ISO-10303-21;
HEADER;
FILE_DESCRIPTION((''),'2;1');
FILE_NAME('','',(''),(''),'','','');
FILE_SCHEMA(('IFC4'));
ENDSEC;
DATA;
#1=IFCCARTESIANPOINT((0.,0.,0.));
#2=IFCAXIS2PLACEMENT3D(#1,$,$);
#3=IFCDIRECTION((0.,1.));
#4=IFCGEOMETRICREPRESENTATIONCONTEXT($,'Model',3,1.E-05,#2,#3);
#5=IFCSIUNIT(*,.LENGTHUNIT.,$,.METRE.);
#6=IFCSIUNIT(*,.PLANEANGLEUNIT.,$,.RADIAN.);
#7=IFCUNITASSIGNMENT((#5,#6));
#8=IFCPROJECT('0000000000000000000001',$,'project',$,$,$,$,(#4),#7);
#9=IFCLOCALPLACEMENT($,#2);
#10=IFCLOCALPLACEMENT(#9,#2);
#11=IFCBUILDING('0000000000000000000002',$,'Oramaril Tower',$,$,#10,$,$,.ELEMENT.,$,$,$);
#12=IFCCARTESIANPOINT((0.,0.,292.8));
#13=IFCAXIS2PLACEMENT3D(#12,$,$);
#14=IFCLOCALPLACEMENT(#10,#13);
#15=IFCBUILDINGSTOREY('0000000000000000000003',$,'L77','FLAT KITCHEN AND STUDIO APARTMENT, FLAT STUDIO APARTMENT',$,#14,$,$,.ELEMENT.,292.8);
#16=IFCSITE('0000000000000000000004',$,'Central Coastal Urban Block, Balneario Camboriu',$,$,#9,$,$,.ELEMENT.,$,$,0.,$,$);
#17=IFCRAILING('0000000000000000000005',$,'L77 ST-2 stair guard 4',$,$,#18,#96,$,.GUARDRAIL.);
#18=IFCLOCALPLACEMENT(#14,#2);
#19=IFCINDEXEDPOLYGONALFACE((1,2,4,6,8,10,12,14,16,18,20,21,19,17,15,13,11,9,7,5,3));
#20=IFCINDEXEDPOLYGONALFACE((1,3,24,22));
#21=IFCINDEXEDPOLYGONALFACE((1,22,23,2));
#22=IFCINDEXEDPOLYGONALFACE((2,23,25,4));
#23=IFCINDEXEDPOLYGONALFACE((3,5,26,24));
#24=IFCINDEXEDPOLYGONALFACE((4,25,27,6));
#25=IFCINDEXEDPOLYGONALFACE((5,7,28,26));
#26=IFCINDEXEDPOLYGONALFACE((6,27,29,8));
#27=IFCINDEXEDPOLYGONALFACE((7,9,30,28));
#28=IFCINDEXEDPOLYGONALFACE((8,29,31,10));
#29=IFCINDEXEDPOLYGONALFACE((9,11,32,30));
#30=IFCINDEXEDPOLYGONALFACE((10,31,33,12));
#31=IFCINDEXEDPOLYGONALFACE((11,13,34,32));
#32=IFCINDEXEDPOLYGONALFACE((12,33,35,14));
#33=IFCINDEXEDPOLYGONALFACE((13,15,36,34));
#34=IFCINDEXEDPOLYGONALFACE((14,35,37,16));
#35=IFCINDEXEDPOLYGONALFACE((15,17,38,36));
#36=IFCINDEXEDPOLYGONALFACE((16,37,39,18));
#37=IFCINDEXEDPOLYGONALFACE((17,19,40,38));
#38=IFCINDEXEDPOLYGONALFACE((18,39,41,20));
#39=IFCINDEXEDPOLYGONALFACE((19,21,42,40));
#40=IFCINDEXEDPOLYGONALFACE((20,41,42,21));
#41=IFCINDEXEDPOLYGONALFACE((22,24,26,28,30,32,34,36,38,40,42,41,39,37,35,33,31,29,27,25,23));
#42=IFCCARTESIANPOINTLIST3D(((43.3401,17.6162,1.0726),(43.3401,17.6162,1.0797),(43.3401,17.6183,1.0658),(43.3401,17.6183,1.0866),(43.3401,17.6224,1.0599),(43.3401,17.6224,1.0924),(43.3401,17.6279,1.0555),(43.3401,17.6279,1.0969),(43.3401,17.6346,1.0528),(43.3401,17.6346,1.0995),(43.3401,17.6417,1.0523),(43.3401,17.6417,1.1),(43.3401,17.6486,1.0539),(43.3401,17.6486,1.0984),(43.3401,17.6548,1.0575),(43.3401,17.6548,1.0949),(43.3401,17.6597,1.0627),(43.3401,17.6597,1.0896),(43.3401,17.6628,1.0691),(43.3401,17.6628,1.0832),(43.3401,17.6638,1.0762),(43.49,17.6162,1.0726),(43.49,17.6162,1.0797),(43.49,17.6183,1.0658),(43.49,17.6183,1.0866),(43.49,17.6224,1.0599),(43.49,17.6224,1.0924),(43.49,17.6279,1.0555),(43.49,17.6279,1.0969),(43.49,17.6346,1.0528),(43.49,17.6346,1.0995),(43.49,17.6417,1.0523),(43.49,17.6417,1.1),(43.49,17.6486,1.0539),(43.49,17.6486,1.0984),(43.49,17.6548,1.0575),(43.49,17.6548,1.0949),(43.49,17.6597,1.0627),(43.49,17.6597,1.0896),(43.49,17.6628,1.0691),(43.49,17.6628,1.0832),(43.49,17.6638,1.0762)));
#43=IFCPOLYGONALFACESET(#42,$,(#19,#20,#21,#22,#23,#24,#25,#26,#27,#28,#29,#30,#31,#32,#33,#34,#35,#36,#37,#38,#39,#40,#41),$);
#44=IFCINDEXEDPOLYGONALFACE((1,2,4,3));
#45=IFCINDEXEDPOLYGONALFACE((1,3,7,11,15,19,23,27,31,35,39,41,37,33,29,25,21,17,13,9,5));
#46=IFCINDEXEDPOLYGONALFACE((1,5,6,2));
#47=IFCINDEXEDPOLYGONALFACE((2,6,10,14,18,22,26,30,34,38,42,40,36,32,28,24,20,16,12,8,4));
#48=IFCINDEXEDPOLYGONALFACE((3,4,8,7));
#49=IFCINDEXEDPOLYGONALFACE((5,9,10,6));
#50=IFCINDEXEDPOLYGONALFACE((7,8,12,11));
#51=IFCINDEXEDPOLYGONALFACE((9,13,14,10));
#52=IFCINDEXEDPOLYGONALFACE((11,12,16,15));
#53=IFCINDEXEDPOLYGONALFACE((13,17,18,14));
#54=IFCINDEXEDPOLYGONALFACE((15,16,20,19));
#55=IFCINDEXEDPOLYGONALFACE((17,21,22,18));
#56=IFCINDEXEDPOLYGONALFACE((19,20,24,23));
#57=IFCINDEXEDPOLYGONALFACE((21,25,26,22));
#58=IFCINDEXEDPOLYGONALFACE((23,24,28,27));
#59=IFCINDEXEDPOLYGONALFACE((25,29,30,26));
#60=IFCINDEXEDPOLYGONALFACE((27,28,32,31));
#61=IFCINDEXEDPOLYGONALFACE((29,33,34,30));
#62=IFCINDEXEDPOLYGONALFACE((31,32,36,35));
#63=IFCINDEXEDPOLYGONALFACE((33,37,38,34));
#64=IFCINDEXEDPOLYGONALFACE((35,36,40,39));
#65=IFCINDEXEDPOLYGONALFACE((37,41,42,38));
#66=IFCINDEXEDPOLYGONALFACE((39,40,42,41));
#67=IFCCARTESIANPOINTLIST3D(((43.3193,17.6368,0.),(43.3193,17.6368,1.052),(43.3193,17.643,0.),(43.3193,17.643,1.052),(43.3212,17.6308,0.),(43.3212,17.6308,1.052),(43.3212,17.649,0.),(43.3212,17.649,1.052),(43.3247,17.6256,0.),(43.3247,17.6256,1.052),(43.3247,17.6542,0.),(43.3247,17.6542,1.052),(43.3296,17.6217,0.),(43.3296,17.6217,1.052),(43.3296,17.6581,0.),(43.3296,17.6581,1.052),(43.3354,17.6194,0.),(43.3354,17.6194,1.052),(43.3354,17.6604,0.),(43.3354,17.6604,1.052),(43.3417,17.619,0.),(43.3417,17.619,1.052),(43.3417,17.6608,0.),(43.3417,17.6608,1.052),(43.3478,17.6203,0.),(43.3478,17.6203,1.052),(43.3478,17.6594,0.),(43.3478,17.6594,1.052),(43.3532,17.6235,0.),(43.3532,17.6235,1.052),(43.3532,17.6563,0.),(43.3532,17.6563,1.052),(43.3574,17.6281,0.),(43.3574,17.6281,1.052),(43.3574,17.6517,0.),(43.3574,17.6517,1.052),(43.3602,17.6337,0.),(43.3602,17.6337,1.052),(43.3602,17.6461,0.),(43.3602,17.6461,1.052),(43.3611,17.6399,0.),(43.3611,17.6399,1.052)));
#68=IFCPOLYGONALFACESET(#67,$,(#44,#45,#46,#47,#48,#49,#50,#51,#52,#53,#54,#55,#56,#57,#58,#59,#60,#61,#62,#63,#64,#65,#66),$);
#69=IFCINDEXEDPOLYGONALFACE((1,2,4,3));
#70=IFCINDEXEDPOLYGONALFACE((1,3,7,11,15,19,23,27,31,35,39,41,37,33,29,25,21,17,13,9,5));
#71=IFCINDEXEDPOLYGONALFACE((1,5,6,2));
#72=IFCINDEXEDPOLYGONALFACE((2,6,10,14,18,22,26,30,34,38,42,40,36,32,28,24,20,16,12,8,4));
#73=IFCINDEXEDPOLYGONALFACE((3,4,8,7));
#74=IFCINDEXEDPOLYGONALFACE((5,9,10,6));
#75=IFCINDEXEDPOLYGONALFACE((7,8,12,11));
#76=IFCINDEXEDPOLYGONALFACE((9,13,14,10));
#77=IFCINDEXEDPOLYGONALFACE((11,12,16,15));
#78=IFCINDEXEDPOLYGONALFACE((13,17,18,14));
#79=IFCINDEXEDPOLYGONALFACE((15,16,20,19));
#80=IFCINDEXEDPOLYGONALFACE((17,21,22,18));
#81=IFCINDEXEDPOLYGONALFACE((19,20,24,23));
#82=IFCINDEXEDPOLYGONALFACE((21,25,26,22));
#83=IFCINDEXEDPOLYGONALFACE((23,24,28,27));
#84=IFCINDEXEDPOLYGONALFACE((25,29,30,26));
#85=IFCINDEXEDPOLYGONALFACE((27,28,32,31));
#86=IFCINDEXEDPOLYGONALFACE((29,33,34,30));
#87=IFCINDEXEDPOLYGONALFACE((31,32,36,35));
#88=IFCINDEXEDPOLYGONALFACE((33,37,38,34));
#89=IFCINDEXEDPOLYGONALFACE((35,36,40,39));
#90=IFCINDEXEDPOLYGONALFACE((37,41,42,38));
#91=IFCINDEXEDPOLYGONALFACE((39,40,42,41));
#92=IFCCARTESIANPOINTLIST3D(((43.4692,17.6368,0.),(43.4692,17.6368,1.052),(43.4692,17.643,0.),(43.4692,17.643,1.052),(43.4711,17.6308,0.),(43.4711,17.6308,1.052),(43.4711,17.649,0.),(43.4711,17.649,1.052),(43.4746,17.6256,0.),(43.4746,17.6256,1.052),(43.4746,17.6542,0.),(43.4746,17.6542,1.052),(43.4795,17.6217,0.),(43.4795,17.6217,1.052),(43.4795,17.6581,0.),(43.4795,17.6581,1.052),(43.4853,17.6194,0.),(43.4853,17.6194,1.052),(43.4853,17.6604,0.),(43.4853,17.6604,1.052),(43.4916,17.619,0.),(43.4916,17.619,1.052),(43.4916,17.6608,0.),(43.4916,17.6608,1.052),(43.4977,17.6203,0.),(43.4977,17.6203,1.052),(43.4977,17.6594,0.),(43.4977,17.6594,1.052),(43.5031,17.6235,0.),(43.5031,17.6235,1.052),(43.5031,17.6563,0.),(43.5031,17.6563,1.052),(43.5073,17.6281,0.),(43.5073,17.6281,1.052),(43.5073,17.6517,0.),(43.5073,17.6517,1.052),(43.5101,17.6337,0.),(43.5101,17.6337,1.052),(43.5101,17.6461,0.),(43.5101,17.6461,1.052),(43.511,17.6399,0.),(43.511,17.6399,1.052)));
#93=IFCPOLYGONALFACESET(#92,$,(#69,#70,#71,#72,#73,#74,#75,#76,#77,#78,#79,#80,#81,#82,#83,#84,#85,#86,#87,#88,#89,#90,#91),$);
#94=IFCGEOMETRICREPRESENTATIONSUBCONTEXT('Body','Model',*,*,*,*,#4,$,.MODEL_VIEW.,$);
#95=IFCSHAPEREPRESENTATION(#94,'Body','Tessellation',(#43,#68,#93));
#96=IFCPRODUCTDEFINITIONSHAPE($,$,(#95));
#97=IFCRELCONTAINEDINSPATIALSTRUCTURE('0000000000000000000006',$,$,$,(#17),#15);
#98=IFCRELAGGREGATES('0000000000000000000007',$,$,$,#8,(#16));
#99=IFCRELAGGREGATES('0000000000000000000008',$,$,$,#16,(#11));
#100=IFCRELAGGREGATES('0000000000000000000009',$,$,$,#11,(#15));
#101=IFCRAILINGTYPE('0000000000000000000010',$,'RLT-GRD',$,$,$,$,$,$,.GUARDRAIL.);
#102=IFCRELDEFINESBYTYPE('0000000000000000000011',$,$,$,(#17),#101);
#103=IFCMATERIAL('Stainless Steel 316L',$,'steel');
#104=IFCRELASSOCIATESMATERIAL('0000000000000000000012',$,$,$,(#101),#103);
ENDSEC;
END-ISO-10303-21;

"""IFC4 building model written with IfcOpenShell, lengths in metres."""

from ifc_helpers import new_model, si_unit, direction, frame, origin, origin_2d, place, context, subcontext, project, spatial, circle, extrude, material, type_object, element, save


model = new_model("IFC4")

# Units and contexts
model_context = context("Model", 3, precision=1e-05, world=origin(), true_north=direction((0.0, 1.0)))
body_context = subcontext(model_context, "Body", "Model", "MODEL_VIEW")
ifc_project = project(units=[si_unit("LENGTHUNIT", "METRE"), si_unit("PLANEANGLEUNIT", "RADIAN")], contexts=[model_context])

# Site, building, storey
site_placement = place(None, origin())
site = spatial("IfcSite", under=ifc_project, at=site_placement, Name="Central Coastal Urban Block, Balneario Camboriu", CompositionType="ELEMENT", RefElevation=0.0)
building_placement = place(site_placement, origin())
building = spatial("IfcBuilding", under=site, at=building_placement, Name="Oramaril Tower", CompositionType="ELEMENT")
storey_placement = place(building_placement, frame((0.0, 0.0, 292.8)))
storey = spatial("IfcBuildingStorey", under=building, at=storey_placement, Name="L77", Description="FLAT KITCHEN AND STUDIO APARTMENT, FLAT STUDIO APARTMENT", CompositionType="ELEMENT", Elevation=292.8)

# Railing
ifc_material_1 = material(Name="Stainless Steel 316L", Category="steel")
railing_type_1 = type_object("IfcRailingType", Name="RLT-GRD", PredefinedType="GUARDRAIL", material=ifc_material_1)
railing_1_placement = place(storey_placement, frame((43.3401, 17.6399, 0.0)))
element("IfcRailing", 1, at=railing_1_placement, inside=storey, type_object=railing_type_1, Name="L77 ST-2 stair guard 4", PredefinedType="GUARDRAIL", context=body_context, shape_type="SweptSolid", body=[
    extrude(circle(Radius=0.0239, at=origin_2d()), frame((0.0, 0.0, 1.0762), z_axis=(1.0, 0.0, 0.0), x_axis=(0.0, 1.0, 0.0)), (0.0, 0.0, 1.0), 0.1499),
    extrude(circle(Radius=0.021, at=origin_2d()), origin(), (0.0, 0.0, 1.0), 1.052),
    extrude(circle(Radius=0.021, at=origin_2d()), frame((0.1499, 0.0, 0.0)), (0.0, 0.0, 1.0), 1.052),
])

save(model, "model.ifc")
